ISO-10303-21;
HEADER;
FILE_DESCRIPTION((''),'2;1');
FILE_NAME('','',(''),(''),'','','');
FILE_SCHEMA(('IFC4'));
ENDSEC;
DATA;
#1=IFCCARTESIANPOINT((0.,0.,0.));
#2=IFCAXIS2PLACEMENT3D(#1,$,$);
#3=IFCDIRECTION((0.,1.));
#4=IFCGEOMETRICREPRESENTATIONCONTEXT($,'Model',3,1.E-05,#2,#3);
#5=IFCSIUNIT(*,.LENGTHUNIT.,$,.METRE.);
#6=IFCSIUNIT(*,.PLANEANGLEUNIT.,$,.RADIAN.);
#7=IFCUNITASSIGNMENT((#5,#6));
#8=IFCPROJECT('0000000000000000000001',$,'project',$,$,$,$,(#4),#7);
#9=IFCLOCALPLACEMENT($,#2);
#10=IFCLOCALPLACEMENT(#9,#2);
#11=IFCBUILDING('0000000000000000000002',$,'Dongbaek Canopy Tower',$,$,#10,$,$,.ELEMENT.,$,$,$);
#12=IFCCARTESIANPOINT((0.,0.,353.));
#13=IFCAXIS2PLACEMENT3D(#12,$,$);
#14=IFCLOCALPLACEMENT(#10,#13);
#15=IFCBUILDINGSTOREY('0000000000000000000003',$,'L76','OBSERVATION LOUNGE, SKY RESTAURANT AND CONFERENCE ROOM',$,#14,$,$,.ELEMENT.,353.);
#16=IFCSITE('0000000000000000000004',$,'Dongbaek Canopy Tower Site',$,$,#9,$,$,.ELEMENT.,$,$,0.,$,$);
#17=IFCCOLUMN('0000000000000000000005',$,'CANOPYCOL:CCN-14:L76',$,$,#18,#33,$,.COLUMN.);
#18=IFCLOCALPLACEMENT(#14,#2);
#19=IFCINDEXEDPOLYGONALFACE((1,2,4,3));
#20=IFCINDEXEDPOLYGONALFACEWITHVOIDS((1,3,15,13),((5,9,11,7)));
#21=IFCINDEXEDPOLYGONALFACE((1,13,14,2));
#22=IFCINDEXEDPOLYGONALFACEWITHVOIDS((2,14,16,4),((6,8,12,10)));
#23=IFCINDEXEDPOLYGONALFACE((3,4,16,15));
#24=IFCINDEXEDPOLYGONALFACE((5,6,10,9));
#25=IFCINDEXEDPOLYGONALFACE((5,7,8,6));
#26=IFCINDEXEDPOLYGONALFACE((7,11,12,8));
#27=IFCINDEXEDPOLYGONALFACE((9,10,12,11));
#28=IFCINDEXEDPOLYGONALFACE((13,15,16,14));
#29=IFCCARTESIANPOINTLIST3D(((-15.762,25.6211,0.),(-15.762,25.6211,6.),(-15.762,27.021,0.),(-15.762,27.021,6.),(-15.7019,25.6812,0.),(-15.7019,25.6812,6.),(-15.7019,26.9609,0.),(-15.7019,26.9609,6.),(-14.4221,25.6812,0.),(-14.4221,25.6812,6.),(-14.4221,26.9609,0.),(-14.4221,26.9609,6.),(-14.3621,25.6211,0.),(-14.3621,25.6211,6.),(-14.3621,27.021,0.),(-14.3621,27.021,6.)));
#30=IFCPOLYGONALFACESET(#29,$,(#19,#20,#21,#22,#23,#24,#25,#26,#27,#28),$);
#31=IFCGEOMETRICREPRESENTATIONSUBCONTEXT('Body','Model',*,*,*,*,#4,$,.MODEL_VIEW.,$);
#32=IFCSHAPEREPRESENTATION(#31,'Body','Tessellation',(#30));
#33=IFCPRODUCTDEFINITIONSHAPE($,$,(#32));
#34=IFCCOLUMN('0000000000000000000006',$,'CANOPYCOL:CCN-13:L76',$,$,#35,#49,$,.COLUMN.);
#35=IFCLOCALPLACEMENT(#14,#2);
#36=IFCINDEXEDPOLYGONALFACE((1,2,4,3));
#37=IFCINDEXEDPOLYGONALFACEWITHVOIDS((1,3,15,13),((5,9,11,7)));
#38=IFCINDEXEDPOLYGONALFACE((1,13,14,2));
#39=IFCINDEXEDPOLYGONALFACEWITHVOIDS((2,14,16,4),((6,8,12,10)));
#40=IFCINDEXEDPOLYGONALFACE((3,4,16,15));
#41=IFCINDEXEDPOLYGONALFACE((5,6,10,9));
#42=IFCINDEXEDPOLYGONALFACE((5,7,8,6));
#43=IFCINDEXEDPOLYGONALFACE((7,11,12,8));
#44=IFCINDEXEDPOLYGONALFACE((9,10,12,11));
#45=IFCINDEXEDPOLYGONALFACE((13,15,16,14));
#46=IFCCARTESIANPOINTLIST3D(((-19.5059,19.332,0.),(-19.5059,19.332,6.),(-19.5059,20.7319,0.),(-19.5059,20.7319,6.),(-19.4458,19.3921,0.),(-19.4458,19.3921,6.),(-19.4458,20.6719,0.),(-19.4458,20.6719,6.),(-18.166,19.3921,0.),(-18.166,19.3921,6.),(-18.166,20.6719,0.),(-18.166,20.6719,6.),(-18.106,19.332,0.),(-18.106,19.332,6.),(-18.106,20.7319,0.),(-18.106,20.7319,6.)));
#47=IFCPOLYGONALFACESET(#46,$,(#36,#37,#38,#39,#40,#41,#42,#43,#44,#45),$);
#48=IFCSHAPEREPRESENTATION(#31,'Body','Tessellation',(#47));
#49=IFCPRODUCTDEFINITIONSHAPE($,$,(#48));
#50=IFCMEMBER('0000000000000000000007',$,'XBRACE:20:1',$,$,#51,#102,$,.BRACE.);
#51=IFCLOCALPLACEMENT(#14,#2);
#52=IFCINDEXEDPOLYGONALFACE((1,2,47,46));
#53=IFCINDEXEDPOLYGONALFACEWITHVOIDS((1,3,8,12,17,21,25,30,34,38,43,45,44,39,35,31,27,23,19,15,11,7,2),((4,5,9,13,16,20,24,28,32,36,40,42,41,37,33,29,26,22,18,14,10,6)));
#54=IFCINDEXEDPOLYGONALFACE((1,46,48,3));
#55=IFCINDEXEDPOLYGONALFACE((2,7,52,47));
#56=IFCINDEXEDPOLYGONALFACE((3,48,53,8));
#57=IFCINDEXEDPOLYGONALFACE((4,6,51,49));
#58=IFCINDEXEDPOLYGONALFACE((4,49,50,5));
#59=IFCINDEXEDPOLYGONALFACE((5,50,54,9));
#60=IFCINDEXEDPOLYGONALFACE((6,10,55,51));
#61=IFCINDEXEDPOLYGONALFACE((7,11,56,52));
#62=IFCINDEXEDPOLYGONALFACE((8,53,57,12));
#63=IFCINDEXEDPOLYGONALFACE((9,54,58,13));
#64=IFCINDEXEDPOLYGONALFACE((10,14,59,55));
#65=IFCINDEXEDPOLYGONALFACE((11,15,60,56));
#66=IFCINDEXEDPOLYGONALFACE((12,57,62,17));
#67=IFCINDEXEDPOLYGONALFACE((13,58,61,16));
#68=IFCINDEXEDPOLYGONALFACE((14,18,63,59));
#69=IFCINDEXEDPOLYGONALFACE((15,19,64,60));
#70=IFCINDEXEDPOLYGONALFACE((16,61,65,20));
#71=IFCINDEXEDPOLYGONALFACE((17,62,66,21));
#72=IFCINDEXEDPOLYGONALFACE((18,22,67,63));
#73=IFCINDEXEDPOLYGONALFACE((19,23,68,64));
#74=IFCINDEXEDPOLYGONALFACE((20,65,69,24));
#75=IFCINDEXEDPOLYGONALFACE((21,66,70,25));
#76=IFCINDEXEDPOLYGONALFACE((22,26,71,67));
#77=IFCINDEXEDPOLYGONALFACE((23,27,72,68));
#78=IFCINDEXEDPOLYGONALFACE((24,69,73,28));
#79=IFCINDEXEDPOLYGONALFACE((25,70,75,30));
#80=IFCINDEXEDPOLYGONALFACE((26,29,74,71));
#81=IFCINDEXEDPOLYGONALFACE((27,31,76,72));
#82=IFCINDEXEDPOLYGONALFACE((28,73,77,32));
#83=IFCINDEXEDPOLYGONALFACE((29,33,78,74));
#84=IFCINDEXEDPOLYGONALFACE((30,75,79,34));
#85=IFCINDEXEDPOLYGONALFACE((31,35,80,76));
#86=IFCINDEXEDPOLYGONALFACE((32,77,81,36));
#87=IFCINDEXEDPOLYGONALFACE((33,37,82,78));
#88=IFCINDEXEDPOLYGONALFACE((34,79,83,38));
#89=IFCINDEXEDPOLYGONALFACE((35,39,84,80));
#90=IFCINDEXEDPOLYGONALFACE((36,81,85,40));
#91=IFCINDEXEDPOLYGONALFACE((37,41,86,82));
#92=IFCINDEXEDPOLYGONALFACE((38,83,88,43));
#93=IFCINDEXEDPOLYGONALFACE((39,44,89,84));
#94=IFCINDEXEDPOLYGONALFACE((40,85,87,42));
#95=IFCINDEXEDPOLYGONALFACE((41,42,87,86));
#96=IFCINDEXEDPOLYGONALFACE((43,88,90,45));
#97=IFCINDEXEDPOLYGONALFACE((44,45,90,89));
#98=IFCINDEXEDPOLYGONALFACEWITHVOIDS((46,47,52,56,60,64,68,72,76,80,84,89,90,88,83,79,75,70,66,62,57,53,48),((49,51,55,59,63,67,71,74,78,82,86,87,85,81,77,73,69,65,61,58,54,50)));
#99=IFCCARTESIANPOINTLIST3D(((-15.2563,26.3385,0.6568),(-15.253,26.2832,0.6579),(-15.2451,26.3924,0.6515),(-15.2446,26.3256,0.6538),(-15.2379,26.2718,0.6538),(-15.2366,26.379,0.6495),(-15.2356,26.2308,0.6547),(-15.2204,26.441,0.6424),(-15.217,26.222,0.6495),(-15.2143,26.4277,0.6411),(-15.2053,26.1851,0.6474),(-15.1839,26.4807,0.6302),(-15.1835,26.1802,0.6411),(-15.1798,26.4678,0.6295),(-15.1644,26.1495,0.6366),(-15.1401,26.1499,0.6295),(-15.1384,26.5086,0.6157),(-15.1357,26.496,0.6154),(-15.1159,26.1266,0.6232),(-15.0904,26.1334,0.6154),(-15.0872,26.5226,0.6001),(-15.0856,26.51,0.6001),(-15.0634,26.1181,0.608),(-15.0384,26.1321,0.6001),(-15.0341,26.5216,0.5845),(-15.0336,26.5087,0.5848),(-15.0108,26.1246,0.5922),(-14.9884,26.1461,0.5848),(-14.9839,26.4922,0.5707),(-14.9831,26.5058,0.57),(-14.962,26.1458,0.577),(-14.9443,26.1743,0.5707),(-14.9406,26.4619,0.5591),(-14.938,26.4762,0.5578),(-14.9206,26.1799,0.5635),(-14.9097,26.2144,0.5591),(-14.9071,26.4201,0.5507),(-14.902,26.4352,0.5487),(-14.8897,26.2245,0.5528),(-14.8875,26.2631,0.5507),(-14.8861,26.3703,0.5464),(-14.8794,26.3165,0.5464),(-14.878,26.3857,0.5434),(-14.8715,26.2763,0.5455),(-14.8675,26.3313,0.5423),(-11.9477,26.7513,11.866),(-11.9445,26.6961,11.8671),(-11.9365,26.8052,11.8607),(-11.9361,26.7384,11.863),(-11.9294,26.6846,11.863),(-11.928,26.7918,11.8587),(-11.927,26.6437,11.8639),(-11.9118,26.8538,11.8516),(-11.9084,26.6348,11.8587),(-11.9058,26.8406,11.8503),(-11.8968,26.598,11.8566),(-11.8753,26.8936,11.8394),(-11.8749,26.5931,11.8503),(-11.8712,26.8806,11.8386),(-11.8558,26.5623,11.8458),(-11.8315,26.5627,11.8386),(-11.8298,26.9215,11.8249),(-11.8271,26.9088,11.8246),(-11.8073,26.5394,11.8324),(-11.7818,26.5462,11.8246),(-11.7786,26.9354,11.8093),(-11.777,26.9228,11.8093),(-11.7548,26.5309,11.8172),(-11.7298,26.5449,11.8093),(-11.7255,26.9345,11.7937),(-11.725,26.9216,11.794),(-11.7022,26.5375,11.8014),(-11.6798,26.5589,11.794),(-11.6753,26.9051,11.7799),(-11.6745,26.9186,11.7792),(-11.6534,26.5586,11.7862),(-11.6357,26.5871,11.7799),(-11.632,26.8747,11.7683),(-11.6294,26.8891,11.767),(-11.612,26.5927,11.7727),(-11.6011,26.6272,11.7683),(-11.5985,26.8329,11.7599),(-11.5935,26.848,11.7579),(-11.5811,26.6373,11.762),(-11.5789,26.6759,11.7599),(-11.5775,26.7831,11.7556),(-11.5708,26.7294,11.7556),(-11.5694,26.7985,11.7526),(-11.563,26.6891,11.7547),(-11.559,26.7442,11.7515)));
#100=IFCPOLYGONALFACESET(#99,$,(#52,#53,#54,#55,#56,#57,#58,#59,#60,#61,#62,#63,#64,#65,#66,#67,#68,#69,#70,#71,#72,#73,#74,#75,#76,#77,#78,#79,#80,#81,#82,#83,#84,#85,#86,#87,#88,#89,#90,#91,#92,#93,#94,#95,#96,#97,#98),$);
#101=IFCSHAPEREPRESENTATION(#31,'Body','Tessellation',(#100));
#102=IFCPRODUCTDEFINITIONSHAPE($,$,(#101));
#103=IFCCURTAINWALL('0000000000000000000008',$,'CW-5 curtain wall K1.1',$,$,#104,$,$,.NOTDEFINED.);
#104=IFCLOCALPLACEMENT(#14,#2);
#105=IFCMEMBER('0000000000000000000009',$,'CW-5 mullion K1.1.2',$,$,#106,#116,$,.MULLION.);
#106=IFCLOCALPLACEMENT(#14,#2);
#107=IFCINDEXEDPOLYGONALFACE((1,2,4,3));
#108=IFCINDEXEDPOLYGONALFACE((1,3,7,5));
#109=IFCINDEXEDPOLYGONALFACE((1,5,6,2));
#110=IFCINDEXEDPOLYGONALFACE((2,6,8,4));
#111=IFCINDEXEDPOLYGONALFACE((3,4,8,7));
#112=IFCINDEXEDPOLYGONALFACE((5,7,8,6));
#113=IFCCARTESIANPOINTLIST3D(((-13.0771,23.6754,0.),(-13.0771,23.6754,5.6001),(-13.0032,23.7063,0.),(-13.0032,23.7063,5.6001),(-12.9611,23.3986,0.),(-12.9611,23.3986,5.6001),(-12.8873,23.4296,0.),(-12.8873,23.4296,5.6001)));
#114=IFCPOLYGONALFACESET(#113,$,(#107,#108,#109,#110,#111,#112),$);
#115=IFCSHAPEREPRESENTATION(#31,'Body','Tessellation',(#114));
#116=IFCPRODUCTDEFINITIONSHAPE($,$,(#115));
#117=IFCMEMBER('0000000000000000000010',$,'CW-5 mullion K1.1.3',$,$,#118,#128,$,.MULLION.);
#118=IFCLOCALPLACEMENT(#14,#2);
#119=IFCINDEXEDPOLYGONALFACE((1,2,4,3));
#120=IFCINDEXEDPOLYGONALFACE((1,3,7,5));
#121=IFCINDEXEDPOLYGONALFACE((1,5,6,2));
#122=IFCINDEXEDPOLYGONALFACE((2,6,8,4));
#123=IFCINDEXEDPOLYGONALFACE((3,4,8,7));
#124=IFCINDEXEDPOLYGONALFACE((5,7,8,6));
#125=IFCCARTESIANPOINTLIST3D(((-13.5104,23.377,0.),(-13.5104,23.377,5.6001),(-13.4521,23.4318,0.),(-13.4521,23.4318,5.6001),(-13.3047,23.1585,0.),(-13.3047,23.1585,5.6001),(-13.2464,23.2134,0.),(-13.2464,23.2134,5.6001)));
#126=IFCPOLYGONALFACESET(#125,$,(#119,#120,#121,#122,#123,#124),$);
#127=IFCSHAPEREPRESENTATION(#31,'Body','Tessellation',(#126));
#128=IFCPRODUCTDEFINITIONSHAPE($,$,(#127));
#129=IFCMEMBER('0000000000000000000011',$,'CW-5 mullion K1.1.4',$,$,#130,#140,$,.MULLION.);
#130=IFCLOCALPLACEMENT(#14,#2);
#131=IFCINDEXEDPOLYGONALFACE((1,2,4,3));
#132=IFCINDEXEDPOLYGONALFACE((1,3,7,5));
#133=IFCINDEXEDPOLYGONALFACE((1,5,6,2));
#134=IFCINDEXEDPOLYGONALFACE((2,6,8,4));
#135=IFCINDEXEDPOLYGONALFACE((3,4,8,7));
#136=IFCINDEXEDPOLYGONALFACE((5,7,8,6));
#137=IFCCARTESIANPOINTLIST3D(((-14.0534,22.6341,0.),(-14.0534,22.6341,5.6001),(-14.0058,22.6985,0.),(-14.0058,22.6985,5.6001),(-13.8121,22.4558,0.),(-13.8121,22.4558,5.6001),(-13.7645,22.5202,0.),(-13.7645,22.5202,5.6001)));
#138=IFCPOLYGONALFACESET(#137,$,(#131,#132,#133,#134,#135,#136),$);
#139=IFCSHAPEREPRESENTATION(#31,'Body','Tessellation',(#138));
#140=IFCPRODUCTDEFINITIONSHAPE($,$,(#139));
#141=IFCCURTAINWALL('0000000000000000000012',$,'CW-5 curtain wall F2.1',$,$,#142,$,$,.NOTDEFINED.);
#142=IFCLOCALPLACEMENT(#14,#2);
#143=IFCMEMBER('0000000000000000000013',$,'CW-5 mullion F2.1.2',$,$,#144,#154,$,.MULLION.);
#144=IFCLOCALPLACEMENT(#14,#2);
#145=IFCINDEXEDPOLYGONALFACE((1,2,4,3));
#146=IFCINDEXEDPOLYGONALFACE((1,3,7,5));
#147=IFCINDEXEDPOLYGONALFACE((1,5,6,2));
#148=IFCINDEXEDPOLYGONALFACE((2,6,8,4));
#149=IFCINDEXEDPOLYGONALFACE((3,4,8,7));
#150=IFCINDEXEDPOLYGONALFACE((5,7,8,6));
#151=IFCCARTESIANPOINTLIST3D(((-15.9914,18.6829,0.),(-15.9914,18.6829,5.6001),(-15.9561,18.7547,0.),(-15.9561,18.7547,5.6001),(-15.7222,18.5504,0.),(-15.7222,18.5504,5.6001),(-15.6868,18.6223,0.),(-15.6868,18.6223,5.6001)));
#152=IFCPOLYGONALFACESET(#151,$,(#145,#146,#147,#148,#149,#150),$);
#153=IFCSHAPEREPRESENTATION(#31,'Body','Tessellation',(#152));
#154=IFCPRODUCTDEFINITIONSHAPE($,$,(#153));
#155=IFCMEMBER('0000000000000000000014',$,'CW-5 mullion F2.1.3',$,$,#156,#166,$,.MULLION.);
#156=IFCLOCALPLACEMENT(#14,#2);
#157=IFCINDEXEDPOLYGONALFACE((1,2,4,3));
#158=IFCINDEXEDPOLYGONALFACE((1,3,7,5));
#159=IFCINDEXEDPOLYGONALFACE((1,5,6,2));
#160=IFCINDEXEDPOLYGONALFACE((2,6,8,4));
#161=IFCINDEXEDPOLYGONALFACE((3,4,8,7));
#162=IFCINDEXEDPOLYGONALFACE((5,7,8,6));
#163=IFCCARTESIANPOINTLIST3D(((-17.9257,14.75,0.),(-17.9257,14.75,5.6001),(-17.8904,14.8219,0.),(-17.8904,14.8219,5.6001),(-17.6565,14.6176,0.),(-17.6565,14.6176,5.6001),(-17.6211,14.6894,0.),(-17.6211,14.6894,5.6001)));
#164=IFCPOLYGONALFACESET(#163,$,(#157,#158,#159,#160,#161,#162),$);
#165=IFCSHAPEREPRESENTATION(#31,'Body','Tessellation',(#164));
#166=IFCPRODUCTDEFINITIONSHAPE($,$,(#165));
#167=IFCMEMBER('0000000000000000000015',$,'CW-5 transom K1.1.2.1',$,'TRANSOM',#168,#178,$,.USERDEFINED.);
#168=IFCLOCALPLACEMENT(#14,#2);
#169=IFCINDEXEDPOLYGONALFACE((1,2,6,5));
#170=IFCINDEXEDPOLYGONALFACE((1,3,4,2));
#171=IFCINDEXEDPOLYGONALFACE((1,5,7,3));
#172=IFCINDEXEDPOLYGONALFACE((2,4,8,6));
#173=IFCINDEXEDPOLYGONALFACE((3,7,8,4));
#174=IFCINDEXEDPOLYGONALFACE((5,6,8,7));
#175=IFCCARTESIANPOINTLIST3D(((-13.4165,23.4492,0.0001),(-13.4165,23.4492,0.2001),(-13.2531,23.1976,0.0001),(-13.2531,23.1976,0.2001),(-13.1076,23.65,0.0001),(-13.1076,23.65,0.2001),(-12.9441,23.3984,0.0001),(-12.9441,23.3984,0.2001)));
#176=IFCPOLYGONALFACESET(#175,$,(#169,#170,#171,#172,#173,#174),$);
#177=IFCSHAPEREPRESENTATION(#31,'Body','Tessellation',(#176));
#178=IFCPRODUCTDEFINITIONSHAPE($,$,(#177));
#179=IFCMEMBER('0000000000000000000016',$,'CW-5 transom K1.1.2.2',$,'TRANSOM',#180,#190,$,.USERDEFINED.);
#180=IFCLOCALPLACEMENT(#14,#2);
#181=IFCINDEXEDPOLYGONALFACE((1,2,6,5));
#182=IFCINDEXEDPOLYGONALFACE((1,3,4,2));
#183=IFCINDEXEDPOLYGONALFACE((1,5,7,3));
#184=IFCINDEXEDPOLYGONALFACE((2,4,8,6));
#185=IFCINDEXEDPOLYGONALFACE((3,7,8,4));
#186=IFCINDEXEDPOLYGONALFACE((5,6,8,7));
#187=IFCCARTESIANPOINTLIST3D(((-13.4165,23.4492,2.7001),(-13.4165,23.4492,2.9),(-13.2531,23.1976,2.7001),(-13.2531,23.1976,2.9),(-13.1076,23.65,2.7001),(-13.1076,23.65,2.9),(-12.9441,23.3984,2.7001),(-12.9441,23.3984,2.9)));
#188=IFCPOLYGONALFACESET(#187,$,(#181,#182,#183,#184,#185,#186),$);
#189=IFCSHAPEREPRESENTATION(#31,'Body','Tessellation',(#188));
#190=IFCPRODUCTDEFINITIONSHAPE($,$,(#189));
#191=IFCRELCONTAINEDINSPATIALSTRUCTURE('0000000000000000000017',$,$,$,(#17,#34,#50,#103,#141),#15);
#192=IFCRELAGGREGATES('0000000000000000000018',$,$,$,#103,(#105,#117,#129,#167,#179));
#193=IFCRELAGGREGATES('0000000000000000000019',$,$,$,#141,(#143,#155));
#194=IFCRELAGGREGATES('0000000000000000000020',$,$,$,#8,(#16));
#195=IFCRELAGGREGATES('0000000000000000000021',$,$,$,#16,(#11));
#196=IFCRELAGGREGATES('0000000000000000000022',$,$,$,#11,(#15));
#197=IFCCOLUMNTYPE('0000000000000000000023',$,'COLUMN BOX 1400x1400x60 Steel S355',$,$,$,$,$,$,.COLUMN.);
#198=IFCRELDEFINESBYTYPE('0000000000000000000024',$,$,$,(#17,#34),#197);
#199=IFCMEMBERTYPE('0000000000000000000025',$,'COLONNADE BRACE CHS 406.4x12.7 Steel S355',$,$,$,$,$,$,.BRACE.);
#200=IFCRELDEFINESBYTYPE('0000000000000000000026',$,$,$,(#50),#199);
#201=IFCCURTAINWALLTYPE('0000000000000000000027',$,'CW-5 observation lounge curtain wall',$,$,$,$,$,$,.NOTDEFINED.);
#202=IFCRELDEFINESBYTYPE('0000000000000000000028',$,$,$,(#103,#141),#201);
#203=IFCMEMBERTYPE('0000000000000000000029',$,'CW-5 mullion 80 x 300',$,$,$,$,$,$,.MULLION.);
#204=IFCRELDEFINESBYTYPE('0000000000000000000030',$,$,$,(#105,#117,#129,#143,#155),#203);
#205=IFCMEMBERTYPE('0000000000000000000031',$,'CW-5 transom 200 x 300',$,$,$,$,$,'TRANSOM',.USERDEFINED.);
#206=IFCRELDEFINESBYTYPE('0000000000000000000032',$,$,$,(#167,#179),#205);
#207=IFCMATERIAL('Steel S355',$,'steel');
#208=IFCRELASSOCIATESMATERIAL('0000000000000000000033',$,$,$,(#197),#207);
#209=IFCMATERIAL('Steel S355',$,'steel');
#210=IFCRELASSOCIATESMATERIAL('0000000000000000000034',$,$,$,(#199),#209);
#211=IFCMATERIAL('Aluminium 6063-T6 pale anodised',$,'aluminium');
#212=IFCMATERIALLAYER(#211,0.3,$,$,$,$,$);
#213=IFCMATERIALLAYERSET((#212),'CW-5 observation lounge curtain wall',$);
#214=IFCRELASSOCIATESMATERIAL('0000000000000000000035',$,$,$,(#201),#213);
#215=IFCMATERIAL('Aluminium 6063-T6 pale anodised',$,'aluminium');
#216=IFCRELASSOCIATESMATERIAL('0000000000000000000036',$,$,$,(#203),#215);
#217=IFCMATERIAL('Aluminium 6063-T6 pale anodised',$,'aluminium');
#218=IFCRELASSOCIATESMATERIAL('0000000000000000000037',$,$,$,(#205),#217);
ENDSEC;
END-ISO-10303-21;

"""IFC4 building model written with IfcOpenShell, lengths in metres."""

from ifc_helpers import new_model, si_unit, direction, frame, origin, origin_2d, place, context, subcontext, project, spatial, rectangle, hollow_rectangle, hollow_circle, extrude, material, layer, layer_set, material_profile, profile_set, type_object, element, aggregate, save


model = new_model("IFC4")

# Units and contexts
model_context = context("Model", 3, precision=1e-05, world=origin(), true_north=direction((0.0, 1.0)))
body_context = subcontext(model_context, "Body", "Model", "MODEL_VIEW")
ifc_project = project(units=[si_unit("LENGTHUNIT", "METRE"), si_unit("PLANEANGLEUNIT", "RADIAN")], contexts=[model_context])

# Site, building, storey
site_placement = place(None, origin())
site = spatial("IfcSite", under=ifc_project, at=site_placement, Name="Dongbaek Canopy Tower Site", CompositionType="ELEMENT", RefElevation=0.0)
building_placement = place(site_placement, origin())
building = spatial("IfcBuilding", under=site, at=building_placement, Name="Dongbaek Canopy Tower", CompositionType="ELEMENT")
storey_placement = place(building_placement, frame((0.0, 0.0, 353.0)))
storey = spatial("IfcBuildingStorey", under=building, at=storey_placement, Name="L76", Description="OBSERVATION LOUNGE, SKY RESTAURANT AND CONFERENCE ROOM", CompositionType="ELEMENT", Elevation=353.0)

# Columns
ifc_material_1 = material(Name="Steel S355", Category="steel")
ifc_material_profile_1 = material_profile(ifc_material_1, hollow_rectangle(XDim=1.3999, YDim=1.3999, WallThickness=0.0601, at=origin_2d()), Name="COLUMN BOX 1400x1400x60 Steel S355")
ifc_profile_set_1 = profile_set([ifc_material_profile_1], Name="Steel S355")
column_type = type_object("IfcColumnType", Name="COLUMN BOX 1400x1400x60 Steel S355", PredefinedType="COLUMN", material=ifc_profile_set_1)
for number, where, z_axis, x_axis, name in (
    (1, (-15.062, 26.321, 0.0), (0.0, 0.0, 1.0), (1.0, 0.0, 0.0), "CANOPYCOL:CCN-14:L76"),
    (2, (-18.8059, 20.032, 0.0), (0.0, 0.0, 1.0), (1.0, 0.0, 0.0), "CANOPYCOL:CCN-13:L76"),
):
    element("IfcColumn", number, at=place(storey_placement, frame(where, z_axis=z_axis, x_axis=x_axis)), inside=storey, type_object=column_type, Name=name, PredefinedType="COLUMN", context=body_context, shape_type="SweptSolid", body=[
        extrude(hollow_rectangle(XDim=1.3999, YDim=1.3999, WallThickness=0.0601, at=origin_2d()), origin(), (0.0, 0.0, 1.0), 6.0),
    ])

# Member
ifc_material_2 = material(Name="Steel S355", Category="steel")
ifc_material_profile_2 = material_profile(ifc_material_2, hollow_circle(Radius=0.2031, WallThickness=0.0127, at=origin_2d()), Name="COLONNADE BRACE CHS 406.4x12.7 Steel S355")
ifc_profile_set_2 = profile_set([ifc_material_profile_2], Name="Steel S355")
member_type_1 = type_object("IfcMemberType", Name="COLONNADE BRACE CHS 406.4x12.7 Steel S355", PredefinedType="BRACE", material=ifc_profile_set_2)
member_1_placement = place(storey_placement, frame((-15.062, 26.321, 0.6001), z_axis=(0.282916, 0.035302, 0.958495), x_axis=(-0.123818, 0.992305, 0.0)))
element("IfcMember", 3, at=member_1_placement, inside=storey, type_object=member_type_1, Name="XBRACE:20:1", PredefinedType="BRACE", context=body_context, shape_type="SweptSolid", body=[
    extrude(hollow_circle(Radius=0.2031, WallThickness=0.0127, at=origin_2d()), origin(), (0.0, 0.0, 1.0), 11.6946),
])

# Curtain walls, members
ifc_material_3 = material(Name="Aluminium 6063-T6 pale anodised", Category="aluminium")
ifc_layer_1 = layer(ifc_material_3, 0.3)
ifc_layer_set_1 = layer_set([ifc_layer_1], Name="CW-5 observation lounge curtain wall")
curtain_wall_type = type_object("IfcCurtainWallType", Name="CW-5 observation lounge curtain wall", PredefinedType="NOTDEFINED", material=ifc_layer_set_1)
curtain_wall_1_placement = place(storey_placement, origin())
curtain_wall_1 = element("IfcCurtainWall", 4, at=curtain_wall_1_placement, inside=storey, type_object=curtain_wall_type, Name="CW-5 curtain wall K1.1", PredefinedType="NOTDEFINED")
ifc_material_4 = material(Name="Aluminium 6063-T6 pale anodised", Category="aluminium")
ifc_material_profile_3 = material_profile(ifc_material_4, rectangle(XDim=0.3, YDim=0.0801, at=origin_2d()), Name="CW-5 mullion 80 x 300")
ifc_profile_set_3 = profile_set([ifc_material_profile_3], Name="Aluminium 6063-T6 pale anodised")
member_type_2 = type_object("IfcMemberType", Name="CW-5 mullion 80 x 300", PredefinedType="MULLION", material=ifc_profile_set_3)
member_2_placement = place(storey_placement, frame((-12.9822, 23.5525, 0.0), z_axis=(0.0, 0.0, 1.0), x_axis=(-0.386403, 0.92233, 0.0)))
member_2 = element("IfcMember", 5, at=member_2_placement, type_object=member_type_2, Name="CW-5 mullion K1.1.2", PredefinedType="MULLION", context=body_context, shape_type="SweptSolid", body=[
    extrude(rectangle(XDim=0.3, YDim=0.0801, at=origin_2d()), origin(), (0.0, 0.0, 1.0), 5.6001),
])
member_3_placement = place(storey_placement, frame((-13.3784, 23.2952, 0.0), z_axis=(0.0, 0.0, 1.0), x_axis=(-0.685446, 0.728124, 0.0)))
member_3 = element("IfcMember", 6, at=member_3_placement, type_object=member_type_2, Name="CW-5 mullion K1.1.3", PredefinedType="MULLION", context=body_context, shape_type="SweptSolid", body=[
    extrude(rectangle(XDim=0.3, YDim=0.0801, at=origin_2d()), origin(), (0.0, 0.0, 1.0), 5.6001),
])
member_4_placement = place(storey_placement, frame((-13.9089, 22.5771, 0.0), z_axis=(0.0, 0.0, 1.0), x_axis=(-0.804278, 0.594253, 0.0)))
member_4 = element("IfcMember", 7, at=member_4_placement, type_object=member_type_2, Name="CW-5 mullion K1.1.4", PredefinedType="MULLION", context=body_context, shape_type="SweptSolid", body=[
    extrude(rectangle(XDim=0.3, YDim=0.0801, at=origin_2d()), origin(), (0.0, 0.0, 1.0), 5.6001),
])
curtain_wall_2_placement = place(storey_placement, origin())
curtain_wall_2 = element("IfcCurtainWall", 8, at=curtain_wall_2_placement, inside=storey, type_object=curtain_wall_type, Name="CW-5 curtain wall F2.1", PredefinedType="NOTDEFINED")
member_5_placement = place(storey_placement, frame((-15.8391, 18.6526, 0.0), z_axis=(0.0, 0.0, 1.0), x_axis=(-0.897339, 0.441342, 0.0)))
member_5 = element("IfcMember", 9, at=member_5_placement, type_object=member_type_2, Name="CW-5 mullion F2.1.2", PredefinedType="MULLION", context=body_context, shape_type="SweptSolid", body=[
    extrude(rectangle(XDim=0.3, YDim=0.0801, at=origin_2d()), origin(), (0.0, 0.0, 1.0), 5.6001),
])
member_6_placement = place(storey_placement, frame((-17.7734, 14.7197, 0.0), z_axis=(0.0, 0.0, 1.0), x_axis=(-0.897339, 0.441342, 0.0)))
member_6 = element("IfcMember", 10, at=member_6_placement, type_object=member_type_2, Name="CW-5 mullion F2.1.3", PredefinedType="MULLION", context=body_context, shape_type="SweptSolid", body=[
    extrude(rectangle(XDim=0.3, YDim=0.0801, at=origin_2d()), origin(), (0.0, 0.0, 1.0), 5.6001),
])

# Members
ifc_material_5 = material(Name="Aluminium 6063-T6 pale anodised", Category="aluminium")
ifc_material_profile_4 = material_profile(ifc_material_5, rectangle(XDim=0.3, YDim=0.2, at=origin_2d()), Name="CW-5 transom 200 x 300")
ifc_profile_set_4 = profile_set([ifc_material_profile_4], Name="Aluminium 6063-T6 pale anodised")
member_type_3 = type_object("IfcMemberType", Name="CW-5 transom 200 x 300", ElementType="TRANSOM", PredefinedType="USERDEFINED", material=ifc_profile_set_4)
member_7_placement = place(storey_placement, frame((-13.0259, 23.5242, 0.1001), z_axis=(-0.838519, -0.544872, 0.0), x_axis=(0.544872, -0.838519, 0.0)))
member_7 = element("IfcMember", 11, at=member_7_placement, type_object=member_type_3, Name="CW-5 transom K1.1.2.1", ObjectType="TRANSOM", PredefinedType="USERDEFINED", context=body_context, shape_type="SweptSolid", body=[
    extrude(rectangle(XDim=0.3, YDim=0.2, at=origin_2d()), origin(), (0.0, 0.0, 1.0), 0.3684),
])
member_8_placement = place(storey_placement, frame((-13.0259, 23.5242, 2.8), z_axis=(-0.838519, -0.544872, 0.0), x_axis=(0.544872, -0.838519, 0.0)))
member_8 = element("IfcMember", 12, at=member_8_placement, type_object=member_type_3, Name="CW-5 transom K1.1.2.2", ObjectType="TRANSOM", PredefinedType="USERDEFINED", context=body_context, shape_type="SweptSolid", body=[
    extrude(rectangle(XDim=0.3, YDim=0.2, at=origin_2d()), origin(), (0.0, 0.0, 1.0), 0.3684),
])

aggregate(curtain_wall_1, [member_2, member_3, member_4, member_7, member_8])
aggregate(curtain_wall_2, [member_5, member_6])

save(model, "model.ifc")
